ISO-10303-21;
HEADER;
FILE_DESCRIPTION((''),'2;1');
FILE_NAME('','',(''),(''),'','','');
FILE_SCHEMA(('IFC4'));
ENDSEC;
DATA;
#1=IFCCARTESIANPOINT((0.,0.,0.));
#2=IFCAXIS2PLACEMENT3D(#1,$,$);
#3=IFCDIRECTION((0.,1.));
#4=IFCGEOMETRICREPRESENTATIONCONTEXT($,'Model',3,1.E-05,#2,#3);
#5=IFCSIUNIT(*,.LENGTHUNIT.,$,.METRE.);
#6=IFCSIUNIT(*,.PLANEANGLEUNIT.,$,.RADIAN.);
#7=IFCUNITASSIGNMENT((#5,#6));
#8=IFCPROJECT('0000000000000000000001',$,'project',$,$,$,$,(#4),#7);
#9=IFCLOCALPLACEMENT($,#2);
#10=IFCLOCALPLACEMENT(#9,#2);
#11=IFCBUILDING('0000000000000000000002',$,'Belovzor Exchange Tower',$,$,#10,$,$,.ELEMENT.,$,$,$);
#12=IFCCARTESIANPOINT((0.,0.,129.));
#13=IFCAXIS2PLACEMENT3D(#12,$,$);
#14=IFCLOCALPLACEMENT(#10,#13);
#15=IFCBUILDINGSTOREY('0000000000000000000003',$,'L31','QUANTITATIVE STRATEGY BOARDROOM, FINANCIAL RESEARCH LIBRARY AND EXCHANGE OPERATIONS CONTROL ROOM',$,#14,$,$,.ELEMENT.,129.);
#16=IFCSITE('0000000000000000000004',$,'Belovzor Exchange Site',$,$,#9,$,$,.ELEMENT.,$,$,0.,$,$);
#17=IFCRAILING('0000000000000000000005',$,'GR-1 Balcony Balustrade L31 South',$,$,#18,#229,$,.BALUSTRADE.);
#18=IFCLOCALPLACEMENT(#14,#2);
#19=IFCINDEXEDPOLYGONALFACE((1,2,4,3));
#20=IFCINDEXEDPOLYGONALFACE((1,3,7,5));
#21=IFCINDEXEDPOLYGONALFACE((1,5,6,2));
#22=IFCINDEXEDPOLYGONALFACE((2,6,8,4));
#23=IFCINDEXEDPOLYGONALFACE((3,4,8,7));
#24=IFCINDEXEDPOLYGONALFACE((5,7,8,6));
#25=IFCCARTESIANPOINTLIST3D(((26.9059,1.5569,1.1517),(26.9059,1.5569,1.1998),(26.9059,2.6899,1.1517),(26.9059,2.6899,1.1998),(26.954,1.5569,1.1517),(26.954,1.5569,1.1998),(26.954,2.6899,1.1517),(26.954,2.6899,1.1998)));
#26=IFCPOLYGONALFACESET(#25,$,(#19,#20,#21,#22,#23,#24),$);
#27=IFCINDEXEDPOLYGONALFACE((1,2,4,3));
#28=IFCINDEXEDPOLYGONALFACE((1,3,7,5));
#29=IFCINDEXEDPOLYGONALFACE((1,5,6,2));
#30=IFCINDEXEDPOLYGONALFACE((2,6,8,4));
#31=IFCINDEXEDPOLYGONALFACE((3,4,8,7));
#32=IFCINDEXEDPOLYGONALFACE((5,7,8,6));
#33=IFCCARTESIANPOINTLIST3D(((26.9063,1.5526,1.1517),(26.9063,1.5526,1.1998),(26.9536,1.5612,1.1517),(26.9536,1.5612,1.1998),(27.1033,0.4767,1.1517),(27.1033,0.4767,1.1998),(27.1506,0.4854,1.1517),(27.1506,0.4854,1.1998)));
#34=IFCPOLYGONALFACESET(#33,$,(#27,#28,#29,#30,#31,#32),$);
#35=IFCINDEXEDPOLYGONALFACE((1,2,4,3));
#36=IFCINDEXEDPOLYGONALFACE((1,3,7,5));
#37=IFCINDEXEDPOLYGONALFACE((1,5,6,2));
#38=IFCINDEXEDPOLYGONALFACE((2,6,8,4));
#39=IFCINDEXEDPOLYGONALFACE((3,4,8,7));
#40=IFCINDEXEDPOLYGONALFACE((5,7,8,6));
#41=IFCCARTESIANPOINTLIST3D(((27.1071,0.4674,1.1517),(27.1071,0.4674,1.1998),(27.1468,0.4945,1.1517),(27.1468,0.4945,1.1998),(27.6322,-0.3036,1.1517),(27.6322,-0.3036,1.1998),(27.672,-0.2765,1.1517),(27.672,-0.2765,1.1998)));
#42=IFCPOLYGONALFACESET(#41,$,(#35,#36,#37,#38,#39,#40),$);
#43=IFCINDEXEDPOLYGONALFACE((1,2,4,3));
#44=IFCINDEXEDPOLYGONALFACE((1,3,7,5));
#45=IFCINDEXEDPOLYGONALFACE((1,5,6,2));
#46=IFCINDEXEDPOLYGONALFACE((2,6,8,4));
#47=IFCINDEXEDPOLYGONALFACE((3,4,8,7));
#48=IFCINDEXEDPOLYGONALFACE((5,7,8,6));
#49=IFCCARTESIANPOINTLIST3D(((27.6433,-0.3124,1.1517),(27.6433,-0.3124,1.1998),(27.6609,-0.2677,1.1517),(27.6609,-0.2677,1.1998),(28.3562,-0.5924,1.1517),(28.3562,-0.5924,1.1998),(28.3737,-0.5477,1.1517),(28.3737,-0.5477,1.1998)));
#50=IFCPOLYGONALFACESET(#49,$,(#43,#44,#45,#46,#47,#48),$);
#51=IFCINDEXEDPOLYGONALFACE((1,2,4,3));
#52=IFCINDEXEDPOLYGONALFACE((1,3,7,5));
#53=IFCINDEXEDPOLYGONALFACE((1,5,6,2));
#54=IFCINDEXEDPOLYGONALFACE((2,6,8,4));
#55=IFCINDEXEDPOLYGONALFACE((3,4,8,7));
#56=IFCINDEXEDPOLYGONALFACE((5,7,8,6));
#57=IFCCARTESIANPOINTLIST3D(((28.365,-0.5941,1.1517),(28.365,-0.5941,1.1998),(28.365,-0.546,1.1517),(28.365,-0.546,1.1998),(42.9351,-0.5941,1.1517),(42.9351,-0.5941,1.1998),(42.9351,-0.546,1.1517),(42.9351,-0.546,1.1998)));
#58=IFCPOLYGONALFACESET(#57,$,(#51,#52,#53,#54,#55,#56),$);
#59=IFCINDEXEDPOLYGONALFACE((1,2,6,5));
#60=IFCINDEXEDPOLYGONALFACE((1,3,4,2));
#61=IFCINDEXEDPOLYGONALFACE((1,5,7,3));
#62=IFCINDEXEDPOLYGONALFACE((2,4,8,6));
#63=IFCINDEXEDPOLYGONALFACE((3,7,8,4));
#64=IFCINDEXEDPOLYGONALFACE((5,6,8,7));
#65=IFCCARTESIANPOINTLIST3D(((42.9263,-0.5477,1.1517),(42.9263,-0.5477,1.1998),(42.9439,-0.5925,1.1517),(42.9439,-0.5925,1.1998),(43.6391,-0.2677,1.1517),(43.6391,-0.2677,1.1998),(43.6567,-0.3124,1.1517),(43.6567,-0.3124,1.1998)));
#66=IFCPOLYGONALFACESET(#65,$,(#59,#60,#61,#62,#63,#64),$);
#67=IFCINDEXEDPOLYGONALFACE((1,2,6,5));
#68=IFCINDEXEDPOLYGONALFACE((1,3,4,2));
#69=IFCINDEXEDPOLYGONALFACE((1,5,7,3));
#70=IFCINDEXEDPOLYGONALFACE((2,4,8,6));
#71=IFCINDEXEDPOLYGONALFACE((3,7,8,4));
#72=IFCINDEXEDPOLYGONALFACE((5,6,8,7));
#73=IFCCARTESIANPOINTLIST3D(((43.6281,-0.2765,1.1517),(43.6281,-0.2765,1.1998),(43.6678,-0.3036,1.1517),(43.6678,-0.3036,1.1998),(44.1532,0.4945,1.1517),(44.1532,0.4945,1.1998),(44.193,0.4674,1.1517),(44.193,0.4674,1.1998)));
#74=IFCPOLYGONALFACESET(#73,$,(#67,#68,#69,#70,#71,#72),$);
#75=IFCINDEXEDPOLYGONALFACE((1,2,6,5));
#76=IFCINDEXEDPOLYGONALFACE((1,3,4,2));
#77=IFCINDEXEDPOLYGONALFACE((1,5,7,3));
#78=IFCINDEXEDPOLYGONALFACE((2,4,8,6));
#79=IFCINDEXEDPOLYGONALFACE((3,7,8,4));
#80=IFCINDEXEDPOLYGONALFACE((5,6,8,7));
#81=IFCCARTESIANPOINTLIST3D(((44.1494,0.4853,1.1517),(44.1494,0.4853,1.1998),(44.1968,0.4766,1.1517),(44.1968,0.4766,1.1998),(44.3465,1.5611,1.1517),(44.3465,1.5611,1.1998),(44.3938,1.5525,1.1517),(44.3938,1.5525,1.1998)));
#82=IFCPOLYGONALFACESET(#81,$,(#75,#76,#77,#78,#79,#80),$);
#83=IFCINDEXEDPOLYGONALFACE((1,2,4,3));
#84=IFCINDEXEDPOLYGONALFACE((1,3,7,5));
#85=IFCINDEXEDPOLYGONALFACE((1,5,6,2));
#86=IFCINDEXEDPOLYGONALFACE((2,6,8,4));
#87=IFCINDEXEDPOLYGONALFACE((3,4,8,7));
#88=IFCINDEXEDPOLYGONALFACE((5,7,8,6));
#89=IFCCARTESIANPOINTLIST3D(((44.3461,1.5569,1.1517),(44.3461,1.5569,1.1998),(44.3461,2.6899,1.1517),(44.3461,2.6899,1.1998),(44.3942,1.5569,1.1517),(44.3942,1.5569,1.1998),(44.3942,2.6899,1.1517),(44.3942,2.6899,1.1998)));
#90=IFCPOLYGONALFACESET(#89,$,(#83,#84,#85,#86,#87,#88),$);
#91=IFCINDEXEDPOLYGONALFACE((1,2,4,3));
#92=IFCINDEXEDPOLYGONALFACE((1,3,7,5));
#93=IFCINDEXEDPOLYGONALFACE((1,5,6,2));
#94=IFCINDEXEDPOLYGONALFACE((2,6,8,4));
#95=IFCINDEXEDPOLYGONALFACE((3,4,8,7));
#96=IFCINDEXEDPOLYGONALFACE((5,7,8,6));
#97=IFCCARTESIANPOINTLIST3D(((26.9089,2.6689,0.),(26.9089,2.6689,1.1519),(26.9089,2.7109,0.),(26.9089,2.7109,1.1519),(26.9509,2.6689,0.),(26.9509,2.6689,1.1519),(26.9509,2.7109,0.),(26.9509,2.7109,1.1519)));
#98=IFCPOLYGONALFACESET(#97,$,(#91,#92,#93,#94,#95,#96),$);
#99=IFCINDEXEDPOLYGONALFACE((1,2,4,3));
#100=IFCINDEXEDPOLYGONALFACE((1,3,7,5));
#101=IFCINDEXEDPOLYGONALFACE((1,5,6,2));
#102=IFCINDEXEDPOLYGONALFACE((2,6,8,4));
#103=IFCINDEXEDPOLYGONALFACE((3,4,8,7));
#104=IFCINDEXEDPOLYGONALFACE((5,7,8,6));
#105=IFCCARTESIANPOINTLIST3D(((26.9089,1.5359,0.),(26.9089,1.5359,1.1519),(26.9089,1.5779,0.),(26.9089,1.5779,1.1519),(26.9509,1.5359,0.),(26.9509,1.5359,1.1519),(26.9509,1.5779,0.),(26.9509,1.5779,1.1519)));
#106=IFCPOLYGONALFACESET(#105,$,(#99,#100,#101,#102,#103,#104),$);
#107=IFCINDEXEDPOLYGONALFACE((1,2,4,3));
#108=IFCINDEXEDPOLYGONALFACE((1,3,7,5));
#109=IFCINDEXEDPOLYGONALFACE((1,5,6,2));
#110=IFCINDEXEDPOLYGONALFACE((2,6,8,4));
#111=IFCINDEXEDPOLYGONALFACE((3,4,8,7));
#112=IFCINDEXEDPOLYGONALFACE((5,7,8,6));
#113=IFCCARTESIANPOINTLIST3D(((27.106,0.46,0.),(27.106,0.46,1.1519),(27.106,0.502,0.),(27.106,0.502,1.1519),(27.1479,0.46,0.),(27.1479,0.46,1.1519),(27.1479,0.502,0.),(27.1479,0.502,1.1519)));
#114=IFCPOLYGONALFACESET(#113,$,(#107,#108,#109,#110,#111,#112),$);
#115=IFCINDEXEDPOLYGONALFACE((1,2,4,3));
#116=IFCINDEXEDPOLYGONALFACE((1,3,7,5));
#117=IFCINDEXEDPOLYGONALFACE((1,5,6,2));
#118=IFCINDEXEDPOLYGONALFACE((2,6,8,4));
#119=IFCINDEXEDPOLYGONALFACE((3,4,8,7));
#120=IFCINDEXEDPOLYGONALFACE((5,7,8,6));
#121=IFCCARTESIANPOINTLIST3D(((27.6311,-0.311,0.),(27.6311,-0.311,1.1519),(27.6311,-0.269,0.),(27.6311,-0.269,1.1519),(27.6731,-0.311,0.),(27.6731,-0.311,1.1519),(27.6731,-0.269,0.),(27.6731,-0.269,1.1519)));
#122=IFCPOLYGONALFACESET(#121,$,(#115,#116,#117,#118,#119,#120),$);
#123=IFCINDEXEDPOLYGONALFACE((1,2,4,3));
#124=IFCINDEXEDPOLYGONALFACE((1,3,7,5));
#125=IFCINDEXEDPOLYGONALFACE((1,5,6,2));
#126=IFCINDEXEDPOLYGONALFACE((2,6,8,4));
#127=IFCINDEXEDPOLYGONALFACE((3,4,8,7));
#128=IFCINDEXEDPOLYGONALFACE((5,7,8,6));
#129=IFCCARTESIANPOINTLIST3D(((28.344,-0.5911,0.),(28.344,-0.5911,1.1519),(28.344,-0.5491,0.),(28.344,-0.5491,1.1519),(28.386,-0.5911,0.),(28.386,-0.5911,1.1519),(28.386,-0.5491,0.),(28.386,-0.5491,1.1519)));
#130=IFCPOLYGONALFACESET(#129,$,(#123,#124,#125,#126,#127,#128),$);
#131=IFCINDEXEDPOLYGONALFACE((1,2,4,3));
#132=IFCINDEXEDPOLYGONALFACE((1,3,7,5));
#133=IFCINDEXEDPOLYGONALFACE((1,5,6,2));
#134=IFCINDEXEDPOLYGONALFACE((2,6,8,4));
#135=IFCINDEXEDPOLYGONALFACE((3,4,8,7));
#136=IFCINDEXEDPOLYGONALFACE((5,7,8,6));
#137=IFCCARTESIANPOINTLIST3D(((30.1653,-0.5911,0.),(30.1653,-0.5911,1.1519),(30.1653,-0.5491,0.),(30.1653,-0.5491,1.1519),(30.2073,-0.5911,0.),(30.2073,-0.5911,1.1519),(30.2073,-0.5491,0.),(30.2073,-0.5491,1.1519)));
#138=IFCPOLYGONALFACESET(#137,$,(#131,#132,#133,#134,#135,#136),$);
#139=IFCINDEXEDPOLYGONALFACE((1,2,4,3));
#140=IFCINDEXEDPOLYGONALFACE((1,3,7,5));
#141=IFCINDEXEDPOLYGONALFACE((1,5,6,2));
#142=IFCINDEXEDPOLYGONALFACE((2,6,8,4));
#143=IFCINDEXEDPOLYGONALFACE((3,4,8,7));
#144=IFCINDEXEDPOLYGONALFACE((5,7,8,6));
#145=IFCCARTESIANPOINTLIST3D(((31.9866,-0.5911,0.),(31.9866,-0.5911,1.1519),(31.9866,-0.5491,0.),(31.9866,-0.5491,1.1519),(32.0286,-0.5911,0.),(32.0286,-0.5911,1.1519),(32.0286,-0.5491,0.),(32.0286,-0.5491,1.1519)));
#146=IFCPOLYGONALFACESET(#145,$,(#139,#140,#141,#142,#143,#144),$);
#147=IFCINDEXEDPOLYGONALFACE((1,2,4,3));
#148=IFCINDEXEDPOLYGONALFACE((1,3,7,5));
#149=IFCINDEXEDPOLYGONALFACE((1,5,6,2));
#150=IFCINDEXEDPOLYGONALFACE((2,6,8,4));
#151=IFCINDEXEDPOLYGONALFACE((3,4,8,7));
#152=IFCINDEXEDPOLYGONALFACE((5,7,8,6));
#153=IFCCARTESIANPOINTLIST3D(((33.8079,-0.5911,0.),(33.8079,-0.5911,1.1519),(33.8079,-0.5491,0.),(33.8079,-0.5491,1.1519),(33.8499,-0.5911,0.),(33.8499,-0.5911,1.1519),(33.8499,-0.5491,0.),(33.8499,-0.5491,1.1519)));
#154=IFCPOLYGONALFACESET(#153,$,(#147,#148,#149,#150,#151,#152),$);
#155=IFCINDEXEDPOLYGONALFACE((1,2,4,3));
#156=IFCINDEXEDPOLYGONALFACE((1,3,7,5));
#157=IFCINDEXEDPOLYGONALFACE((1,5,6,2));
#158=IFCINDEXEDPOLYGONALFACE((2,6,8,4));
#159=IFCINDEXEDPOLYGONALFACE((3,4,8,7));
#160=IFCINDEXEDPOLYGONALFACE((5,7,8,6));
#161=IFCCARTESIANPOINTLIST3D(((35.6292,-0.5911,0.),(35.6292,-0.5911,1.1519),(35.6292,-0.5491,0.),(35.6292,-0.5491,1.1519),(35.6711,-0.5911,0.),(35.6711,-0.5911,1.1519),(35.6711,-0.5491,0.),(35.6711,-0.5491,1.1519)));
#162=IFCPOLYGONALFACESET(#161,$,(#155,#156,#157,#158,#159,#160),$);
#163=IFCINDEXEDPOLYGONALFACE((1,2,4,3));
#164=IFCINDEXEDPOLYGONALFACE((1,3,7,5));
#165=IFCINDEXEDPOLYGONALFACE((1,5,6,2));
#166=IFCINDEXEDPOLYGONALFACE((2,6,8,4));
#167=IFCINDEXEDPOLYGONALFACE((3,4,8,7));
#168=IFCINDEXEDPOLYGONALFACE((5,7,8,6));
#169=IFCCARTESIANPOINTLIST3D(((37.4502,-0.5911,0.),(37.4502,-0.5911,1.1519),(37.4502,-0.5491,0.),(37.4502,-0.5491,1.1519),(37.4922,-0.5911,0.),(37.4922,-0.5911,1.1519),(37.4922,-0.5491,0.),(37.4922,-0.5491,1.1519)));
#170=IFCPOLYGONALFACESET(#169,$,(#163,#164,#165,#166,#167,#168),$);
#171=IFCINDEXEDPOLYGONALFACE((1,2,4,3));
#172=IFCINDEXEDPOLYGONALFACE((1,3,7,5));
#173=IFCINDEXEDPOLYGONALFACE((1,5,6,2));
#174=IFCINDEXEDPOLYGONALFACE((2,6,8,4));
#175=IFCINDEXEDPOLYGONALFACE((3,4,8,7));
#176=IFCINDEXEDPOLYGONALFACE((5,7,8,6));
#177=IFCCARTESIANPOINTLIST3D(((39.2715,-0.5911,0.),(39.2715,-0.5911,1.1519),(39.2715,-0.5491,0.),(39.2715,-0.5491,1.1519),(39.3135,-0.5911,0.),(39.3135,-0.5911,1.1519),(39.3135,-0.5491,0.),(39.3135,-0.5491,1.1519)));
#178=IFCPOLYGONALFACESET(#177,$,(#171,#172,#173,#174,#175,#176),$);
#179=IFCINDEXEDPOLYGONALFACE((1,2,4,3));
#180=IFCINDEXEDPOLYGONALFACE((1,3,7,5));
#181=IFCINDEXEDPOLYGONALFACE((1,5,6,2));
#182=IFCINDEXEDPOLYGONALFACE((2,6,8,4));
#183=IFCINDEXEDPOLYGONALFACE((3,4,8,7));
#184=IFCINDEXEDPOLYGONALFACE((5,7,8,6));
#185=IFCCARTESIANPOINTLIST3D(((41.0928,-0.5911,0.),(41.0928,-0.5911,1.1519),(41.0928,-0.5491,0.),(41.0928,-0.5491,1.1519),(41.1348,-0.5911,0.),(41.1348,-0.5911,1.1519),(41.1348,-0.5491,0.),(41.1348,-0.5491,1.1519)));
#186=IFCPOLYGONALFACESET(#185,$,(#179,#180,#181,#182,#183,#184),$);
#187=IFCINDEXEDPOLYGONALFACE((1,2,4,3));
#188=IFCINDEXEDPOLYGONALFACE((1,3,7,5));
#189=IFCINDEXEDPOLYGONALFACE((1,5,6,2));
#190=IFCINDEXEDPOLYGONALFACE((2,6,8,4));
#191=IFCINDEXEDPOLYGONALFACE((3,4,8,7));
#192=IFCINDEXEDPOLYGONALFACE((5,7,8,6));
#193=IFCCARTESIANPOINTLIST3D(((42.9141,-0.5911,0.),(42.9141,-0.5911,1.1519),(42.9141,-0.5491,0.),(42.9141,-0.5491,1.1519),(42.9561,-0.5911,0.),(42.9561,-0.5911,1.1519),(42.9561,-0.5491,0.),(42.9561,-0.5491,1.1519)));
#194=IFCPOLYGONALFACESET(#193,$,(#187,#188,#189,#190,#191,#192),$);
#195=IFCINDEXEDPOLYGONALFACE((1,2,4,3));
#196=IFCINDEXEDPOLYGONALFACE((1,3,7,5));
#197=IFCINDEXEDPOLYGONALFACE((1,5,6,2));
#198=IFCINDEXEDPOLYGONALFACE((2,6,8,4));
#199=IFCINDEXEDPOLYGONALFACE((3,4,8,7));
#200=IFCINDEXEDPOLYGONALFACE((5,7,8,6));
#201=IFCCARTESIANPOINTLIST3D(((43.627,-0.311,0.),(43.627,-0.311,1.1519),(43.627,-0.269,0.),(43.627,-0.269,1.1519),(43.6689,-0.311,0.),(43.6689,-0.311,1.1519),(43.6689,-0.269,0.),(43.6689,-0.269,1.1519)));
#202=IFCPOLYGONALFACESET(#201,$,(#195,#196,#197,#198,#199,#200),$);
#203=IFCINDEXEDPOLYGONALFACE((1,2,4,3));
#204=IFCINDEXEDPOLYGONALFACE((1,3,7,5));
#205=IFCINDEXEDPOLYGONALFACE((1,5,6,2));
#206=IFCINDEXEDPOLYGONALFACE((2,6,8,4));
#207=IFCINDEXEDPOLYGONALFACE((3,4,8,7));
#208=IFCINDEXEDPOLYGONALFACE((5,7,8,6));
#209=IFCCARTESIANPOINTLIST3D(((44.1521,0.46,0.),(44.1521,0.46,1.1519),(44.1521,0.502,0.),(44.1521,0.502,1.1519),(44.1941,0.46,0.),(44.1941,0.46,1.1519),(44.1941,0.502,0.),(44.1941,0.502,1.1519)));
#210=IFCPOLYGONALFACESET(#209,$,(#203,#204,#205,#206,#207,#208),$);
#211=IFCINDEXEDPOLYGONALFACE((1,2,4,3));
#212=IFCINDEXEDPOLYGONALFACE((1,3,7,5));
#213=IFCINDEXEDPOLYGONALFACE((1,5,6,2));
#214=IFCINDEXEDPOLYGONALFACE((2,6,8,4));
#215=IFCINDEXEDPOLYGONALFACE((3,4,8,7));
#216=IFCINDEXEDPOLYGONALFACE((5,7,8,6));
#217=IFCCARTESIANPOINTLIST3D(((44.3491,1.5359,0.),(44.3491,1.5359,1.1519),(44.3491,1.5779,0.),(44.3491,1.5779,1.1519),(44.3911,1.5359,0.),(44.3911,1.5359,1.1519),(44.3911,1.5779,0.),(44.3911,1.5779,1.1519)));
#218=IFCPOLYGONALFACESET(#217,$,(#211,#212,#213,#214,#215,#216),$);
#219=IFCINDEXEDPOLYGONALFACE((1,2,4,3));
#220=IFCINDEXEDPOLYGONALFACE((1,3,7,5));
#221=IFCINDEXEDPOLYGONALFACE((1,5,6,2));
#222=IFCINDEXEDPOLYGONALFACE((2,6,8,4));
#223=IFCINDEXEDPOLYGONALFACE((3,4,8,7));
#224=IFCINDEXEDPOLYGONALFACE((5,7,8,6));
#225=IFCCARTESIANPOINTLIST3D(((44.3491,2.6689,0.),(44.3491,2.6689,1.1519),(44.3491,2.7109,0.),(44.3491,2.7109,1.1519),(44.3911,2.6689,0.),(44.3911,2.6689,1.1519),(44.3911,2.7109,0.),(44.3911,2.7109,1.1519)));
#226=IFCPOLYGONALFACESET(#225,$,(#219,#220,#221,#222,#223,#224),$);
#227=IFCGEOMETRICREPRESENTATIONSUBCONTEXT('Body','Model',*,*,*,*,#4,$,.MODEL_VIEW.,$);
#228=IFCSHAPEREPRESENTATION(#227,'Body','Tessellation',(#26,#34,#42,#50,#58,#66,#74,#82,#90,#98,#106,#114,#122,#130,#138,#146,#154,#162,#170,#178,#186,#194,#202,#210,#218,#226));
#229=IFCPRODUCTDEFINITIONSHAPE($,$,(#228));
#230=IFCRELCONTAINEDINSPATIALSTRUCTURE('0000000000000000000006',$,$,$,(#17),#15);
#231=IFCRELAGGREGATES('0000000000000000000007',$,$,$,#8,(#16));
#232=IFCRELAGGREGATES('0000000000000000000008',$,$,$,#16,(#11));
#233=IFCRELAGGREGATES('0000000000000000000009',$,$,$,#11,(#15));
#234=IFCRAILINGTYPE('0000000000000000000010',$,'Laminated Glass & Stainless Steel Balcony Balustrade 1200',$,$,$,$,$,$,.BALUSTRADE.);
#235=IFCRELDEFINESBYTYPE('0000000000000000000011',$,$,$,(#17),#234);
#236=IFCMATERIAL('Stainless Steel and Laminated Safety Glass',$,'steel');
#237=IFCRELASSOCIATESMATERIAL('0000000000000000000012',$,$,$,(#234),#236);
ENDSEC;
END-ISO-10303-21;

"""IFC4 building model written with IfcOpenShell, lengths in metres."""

from ifc_helpers import new_model, si_unit, direction, frame, origin, origin_2d, place, context, subcontext, project, spatial, rectangle, extrude, material, type_object, element, save


model = new_model("IFC4")

# Units and contexts
model_context = context("Model", 3, precision=1e-05, world=origin(), true_north=direction((0.0, 1.0)))
body_context = subcontext(model_context, "Body", "Model", "MODEL_VIEW")
ifc_project = project(units=[si_unit("LENGTHUNIT", "METRE"), si_unit("PLANEANGLEUNIT", "RADIAN")], contexts=[model_context])

# Site, building, storey
site_placement = place(None, origin())
site = spatial("IfcSite", under=ifc_project, at=site_placement, Name="Belovzor Exchange Site", CompositionType="ELEMENT", RefElevation=0.0)
building_placement = place(site_placement, origin())
building = spatial("IfcBuilding", under=site, at=building_placement, Name="Belovzor Exchange Tower", CompositionType="ELEMENT")
storey_placement = place(building_placement, frame((0.0, 0.0, 129.0)))
storey = spatial("IfcBuildingStorey", under=building, at=storey_placement, Name="L31", Description="QUANTITATIVE STRATEGY BOARDROOM, FINANCIAL RESEARCH LIBRARY AND EXCHANGE OPERATIONS CONTROL ROOM", CompositionType="ELEMENT", Elevation=129.0)

# Railing
ifc_material_1 = material(Name="Stainless Steel and Laminated Safety Glass", Category="steel")
railing_type = type_object("IfcRailingType", Name="Laminated Glass & Stainless Steel Balcony Balustrade 1200", PredefinedType="BALUSTRADE", material=ifc_material_1)
railing_placement = place(storey_placement, frame((26.9299, 2.6899, 0.0)))
element("IfcRailing", 1, at=railing_placement, inside=storey, type_object=railing_type, Name="GR-1 Balcony Balustrade L31 South", PredefinedType="BALUSTRADE", context=body_context, shape_type="SweptSolid", body=[
    extrude(rectangle(XDim=0.0481, YDim=0.0481, at=origin_2d()), frame((0.0, 0.0, 1.1758), z_axis=(0.0, -1.0, 0.0), x_axis=(1.0, 0.0, 0.0)), (0.0, 0.0, 1.0), 1.1331),
    extrude(rectangle(XDim=0.0481, YDim=0.0481, at=origin_2d()), frame((0.0, -1.1331, 1.1758), z_axis=(0.180123, -0.983644, 0.0), x_axis=(0.983644, 0.180123, 0.0)), (0.0, 0.0, 1.0), 1.0938),
    extrude(rectangle(XDim=0.0481, YDim=0.0481, at=origin_2d()), frame((0.197, -2.209, 1.1758), z_axis=(0.562947, -0.826493, 0.0), x_axis=(0.826493, 0.562947, 0.0)), (0.0, 0.0, 1.0), 0.9329),
    extrude(rectangle(XDim=0.0481, YDim=0.0481, at=origin_2d()), frame((0.7222, -2.98, 1.1758), z_axis=(0.930767, -0.365613, 0.0), x_axis=(0.365613, 0.930767, 0.0)), (0.0, 0.0, 1.0), 0.7659),
    extrude(rectangle(XDim=0.0481, YDim=0.0481, at=origin_2d()), frame((1.4351, -3.26, 1.1758), z_axis=(1.0, 0.0, 0.0), x_axis=(0.0, 1.0, 0.0)), (0.0, 0.0, 1.0), 14.5701),
    extrude(rectangle(XDim=0.0481, YDim=0.0481, at=origin_2d()), frame((16.0051, -3.26, 1.1758), z_axis=(0.930767, 0.365613, 0.0), x_axis=(-0.365613, 0.930767, 0.0)), (0.0, 0.0, 1.0), 0.7659),
    extrude(rectangle(XDim=0.0481, YDim=0.0481, at=origin_2d()), frame((16.718, -2.98, 1.1758), z_axis=(0.562947, 0.826493, 0.0), x_axis=(-0.826493, 0.562947, 0.0)), (0.0, 0.0, 1.0), 0.9329),
    extrude(rectangle(XDim=0.0481, YDim=0.0481, at=origin_2d()), frame((17.2432, -2.209, 1.1758), z_axis=(0.180123, 0.983644, 0.0), x_axis=(-0.983644, 0.180123, 0.0)), (0.0, 0.0, 1.0), 1.0938),
    extrude(rectangle(XDim=0.0481, YDim=0.0481, at=origin_2d()), frame((17.4402, -1.1331, 1.1758), z_axis=(0.0, 1.0, 0.0), x_axis=(-1.0, 0.0, 0.0)), (0.0, 0.0, 1.0), 1.1331),
    extrude(rectangle(XDim=0.042, YDim=0.042, at=origin_2d()), origin(), (0.0, 0.0, 1.0), 1.1519),
    extrude(rectangle(XDim=0.042, YDim=0.042, at=origin_2d()), frame((0.0, -1.1331, 0.0)), (0.0, 0.0, 1.0), 1.1519),
    extrude(rectangle(XDim=0.042, YDim=0.042, at=origin_2d()), frame((0.197, -2.209, 0.0)), (0.0, 0.0, 1.0), 1.1519),
    extrude(rectangle(XDim=0.042, YDim=0.042, at=origin_2d()), frame((0.7222, -2.98, 0.0)), (0.0, 0.0, 1.0), 1.1519),
    extrude(rectangle(XDim=0.042, YDim=0.042, at=origin_2d()), frame((1.4351, -3.26, 0.0)), (0.0, 0.0, 1.0), 1.1519),
    extrude(rectangle(XDim=0.042, YDim=0.042, at=origin_2d()), frame((3.2563, -3.26, 0.0)), (0.0, 0.0, 1.0), 1.1519),
    extrude(rectangle(XDim=0.042, YDim=0.042, at=origin_2d()), frame((5.0776, -3.26, 0.0)), (0.0, 0.0, 1.0), 1.1519),
    extrude(rectangle(XDim=0.042, YDim=0.042, at=origin_2d()), frame((6.8989, -3.26, 0.0)), (0.0, 0.0, 1.0), 1.1519),
    extrude(rectangle(XDim=0.042, YDim=0.042, at=origin_2d()), frame((8.7202, -3.26, 0.0)), (0.0, 0.0, 1.0), 1.1519),
    extrude(rectangle(XDim=0.042, YDim=0.042, at=origin_2d()), frame((10.5413, -3.26, 0.0)), (0.0, 0.0, 1.0), 1.1519),
    extrude(rectangle(XDim=0.042, YDim=0.042, at=origin_2d()), frame((12.3625, -3.26, 0.0)), (0.0, 0.0, 1.0), 1.1519),
    extrude(rectangle(XDim=0.042, YDim=0.042, at=origin_2d()), frame((14.1838, -3.26, 0.0)), (0.0, 0.0, 1.0), 1.1519),
    extrude(rectangle(XDim=0.042, YDim=0.042, at=origin_2d()), frame((16.0051, -3.26, 0.0)), (0.0, 0.0, 1.0), 1.1519),
    extrude(rectangle(XDim=0.042, YDim=0.042, at=origin_2d()), frame((16.718, -2.98, 0.0)), (0.0, 0.0, 1.0), 1.1519),
    extrude(rectangle(XDim=0.042, YDim=0.042, at=origin_2d()), frame((17.2432, -2.209, 0.0)), (0.0, 0.0, 1.0), 1.1519),
    extrude(rectangle(XDim=0.042, YDim=0.042, at=origin_2d()), frame((17.4402, -1.1331, 0.0)), (0.0, 0.0, 1.0), 1.1519),
    extrude(rectangle(XDim=0.042, YDim=0.042, at=origin_2d()), frame((17.4402, 0.0, 0.0)), (0.0, 0.0, 1.0), 1.1519),
])

save(model, "model.ifc")
